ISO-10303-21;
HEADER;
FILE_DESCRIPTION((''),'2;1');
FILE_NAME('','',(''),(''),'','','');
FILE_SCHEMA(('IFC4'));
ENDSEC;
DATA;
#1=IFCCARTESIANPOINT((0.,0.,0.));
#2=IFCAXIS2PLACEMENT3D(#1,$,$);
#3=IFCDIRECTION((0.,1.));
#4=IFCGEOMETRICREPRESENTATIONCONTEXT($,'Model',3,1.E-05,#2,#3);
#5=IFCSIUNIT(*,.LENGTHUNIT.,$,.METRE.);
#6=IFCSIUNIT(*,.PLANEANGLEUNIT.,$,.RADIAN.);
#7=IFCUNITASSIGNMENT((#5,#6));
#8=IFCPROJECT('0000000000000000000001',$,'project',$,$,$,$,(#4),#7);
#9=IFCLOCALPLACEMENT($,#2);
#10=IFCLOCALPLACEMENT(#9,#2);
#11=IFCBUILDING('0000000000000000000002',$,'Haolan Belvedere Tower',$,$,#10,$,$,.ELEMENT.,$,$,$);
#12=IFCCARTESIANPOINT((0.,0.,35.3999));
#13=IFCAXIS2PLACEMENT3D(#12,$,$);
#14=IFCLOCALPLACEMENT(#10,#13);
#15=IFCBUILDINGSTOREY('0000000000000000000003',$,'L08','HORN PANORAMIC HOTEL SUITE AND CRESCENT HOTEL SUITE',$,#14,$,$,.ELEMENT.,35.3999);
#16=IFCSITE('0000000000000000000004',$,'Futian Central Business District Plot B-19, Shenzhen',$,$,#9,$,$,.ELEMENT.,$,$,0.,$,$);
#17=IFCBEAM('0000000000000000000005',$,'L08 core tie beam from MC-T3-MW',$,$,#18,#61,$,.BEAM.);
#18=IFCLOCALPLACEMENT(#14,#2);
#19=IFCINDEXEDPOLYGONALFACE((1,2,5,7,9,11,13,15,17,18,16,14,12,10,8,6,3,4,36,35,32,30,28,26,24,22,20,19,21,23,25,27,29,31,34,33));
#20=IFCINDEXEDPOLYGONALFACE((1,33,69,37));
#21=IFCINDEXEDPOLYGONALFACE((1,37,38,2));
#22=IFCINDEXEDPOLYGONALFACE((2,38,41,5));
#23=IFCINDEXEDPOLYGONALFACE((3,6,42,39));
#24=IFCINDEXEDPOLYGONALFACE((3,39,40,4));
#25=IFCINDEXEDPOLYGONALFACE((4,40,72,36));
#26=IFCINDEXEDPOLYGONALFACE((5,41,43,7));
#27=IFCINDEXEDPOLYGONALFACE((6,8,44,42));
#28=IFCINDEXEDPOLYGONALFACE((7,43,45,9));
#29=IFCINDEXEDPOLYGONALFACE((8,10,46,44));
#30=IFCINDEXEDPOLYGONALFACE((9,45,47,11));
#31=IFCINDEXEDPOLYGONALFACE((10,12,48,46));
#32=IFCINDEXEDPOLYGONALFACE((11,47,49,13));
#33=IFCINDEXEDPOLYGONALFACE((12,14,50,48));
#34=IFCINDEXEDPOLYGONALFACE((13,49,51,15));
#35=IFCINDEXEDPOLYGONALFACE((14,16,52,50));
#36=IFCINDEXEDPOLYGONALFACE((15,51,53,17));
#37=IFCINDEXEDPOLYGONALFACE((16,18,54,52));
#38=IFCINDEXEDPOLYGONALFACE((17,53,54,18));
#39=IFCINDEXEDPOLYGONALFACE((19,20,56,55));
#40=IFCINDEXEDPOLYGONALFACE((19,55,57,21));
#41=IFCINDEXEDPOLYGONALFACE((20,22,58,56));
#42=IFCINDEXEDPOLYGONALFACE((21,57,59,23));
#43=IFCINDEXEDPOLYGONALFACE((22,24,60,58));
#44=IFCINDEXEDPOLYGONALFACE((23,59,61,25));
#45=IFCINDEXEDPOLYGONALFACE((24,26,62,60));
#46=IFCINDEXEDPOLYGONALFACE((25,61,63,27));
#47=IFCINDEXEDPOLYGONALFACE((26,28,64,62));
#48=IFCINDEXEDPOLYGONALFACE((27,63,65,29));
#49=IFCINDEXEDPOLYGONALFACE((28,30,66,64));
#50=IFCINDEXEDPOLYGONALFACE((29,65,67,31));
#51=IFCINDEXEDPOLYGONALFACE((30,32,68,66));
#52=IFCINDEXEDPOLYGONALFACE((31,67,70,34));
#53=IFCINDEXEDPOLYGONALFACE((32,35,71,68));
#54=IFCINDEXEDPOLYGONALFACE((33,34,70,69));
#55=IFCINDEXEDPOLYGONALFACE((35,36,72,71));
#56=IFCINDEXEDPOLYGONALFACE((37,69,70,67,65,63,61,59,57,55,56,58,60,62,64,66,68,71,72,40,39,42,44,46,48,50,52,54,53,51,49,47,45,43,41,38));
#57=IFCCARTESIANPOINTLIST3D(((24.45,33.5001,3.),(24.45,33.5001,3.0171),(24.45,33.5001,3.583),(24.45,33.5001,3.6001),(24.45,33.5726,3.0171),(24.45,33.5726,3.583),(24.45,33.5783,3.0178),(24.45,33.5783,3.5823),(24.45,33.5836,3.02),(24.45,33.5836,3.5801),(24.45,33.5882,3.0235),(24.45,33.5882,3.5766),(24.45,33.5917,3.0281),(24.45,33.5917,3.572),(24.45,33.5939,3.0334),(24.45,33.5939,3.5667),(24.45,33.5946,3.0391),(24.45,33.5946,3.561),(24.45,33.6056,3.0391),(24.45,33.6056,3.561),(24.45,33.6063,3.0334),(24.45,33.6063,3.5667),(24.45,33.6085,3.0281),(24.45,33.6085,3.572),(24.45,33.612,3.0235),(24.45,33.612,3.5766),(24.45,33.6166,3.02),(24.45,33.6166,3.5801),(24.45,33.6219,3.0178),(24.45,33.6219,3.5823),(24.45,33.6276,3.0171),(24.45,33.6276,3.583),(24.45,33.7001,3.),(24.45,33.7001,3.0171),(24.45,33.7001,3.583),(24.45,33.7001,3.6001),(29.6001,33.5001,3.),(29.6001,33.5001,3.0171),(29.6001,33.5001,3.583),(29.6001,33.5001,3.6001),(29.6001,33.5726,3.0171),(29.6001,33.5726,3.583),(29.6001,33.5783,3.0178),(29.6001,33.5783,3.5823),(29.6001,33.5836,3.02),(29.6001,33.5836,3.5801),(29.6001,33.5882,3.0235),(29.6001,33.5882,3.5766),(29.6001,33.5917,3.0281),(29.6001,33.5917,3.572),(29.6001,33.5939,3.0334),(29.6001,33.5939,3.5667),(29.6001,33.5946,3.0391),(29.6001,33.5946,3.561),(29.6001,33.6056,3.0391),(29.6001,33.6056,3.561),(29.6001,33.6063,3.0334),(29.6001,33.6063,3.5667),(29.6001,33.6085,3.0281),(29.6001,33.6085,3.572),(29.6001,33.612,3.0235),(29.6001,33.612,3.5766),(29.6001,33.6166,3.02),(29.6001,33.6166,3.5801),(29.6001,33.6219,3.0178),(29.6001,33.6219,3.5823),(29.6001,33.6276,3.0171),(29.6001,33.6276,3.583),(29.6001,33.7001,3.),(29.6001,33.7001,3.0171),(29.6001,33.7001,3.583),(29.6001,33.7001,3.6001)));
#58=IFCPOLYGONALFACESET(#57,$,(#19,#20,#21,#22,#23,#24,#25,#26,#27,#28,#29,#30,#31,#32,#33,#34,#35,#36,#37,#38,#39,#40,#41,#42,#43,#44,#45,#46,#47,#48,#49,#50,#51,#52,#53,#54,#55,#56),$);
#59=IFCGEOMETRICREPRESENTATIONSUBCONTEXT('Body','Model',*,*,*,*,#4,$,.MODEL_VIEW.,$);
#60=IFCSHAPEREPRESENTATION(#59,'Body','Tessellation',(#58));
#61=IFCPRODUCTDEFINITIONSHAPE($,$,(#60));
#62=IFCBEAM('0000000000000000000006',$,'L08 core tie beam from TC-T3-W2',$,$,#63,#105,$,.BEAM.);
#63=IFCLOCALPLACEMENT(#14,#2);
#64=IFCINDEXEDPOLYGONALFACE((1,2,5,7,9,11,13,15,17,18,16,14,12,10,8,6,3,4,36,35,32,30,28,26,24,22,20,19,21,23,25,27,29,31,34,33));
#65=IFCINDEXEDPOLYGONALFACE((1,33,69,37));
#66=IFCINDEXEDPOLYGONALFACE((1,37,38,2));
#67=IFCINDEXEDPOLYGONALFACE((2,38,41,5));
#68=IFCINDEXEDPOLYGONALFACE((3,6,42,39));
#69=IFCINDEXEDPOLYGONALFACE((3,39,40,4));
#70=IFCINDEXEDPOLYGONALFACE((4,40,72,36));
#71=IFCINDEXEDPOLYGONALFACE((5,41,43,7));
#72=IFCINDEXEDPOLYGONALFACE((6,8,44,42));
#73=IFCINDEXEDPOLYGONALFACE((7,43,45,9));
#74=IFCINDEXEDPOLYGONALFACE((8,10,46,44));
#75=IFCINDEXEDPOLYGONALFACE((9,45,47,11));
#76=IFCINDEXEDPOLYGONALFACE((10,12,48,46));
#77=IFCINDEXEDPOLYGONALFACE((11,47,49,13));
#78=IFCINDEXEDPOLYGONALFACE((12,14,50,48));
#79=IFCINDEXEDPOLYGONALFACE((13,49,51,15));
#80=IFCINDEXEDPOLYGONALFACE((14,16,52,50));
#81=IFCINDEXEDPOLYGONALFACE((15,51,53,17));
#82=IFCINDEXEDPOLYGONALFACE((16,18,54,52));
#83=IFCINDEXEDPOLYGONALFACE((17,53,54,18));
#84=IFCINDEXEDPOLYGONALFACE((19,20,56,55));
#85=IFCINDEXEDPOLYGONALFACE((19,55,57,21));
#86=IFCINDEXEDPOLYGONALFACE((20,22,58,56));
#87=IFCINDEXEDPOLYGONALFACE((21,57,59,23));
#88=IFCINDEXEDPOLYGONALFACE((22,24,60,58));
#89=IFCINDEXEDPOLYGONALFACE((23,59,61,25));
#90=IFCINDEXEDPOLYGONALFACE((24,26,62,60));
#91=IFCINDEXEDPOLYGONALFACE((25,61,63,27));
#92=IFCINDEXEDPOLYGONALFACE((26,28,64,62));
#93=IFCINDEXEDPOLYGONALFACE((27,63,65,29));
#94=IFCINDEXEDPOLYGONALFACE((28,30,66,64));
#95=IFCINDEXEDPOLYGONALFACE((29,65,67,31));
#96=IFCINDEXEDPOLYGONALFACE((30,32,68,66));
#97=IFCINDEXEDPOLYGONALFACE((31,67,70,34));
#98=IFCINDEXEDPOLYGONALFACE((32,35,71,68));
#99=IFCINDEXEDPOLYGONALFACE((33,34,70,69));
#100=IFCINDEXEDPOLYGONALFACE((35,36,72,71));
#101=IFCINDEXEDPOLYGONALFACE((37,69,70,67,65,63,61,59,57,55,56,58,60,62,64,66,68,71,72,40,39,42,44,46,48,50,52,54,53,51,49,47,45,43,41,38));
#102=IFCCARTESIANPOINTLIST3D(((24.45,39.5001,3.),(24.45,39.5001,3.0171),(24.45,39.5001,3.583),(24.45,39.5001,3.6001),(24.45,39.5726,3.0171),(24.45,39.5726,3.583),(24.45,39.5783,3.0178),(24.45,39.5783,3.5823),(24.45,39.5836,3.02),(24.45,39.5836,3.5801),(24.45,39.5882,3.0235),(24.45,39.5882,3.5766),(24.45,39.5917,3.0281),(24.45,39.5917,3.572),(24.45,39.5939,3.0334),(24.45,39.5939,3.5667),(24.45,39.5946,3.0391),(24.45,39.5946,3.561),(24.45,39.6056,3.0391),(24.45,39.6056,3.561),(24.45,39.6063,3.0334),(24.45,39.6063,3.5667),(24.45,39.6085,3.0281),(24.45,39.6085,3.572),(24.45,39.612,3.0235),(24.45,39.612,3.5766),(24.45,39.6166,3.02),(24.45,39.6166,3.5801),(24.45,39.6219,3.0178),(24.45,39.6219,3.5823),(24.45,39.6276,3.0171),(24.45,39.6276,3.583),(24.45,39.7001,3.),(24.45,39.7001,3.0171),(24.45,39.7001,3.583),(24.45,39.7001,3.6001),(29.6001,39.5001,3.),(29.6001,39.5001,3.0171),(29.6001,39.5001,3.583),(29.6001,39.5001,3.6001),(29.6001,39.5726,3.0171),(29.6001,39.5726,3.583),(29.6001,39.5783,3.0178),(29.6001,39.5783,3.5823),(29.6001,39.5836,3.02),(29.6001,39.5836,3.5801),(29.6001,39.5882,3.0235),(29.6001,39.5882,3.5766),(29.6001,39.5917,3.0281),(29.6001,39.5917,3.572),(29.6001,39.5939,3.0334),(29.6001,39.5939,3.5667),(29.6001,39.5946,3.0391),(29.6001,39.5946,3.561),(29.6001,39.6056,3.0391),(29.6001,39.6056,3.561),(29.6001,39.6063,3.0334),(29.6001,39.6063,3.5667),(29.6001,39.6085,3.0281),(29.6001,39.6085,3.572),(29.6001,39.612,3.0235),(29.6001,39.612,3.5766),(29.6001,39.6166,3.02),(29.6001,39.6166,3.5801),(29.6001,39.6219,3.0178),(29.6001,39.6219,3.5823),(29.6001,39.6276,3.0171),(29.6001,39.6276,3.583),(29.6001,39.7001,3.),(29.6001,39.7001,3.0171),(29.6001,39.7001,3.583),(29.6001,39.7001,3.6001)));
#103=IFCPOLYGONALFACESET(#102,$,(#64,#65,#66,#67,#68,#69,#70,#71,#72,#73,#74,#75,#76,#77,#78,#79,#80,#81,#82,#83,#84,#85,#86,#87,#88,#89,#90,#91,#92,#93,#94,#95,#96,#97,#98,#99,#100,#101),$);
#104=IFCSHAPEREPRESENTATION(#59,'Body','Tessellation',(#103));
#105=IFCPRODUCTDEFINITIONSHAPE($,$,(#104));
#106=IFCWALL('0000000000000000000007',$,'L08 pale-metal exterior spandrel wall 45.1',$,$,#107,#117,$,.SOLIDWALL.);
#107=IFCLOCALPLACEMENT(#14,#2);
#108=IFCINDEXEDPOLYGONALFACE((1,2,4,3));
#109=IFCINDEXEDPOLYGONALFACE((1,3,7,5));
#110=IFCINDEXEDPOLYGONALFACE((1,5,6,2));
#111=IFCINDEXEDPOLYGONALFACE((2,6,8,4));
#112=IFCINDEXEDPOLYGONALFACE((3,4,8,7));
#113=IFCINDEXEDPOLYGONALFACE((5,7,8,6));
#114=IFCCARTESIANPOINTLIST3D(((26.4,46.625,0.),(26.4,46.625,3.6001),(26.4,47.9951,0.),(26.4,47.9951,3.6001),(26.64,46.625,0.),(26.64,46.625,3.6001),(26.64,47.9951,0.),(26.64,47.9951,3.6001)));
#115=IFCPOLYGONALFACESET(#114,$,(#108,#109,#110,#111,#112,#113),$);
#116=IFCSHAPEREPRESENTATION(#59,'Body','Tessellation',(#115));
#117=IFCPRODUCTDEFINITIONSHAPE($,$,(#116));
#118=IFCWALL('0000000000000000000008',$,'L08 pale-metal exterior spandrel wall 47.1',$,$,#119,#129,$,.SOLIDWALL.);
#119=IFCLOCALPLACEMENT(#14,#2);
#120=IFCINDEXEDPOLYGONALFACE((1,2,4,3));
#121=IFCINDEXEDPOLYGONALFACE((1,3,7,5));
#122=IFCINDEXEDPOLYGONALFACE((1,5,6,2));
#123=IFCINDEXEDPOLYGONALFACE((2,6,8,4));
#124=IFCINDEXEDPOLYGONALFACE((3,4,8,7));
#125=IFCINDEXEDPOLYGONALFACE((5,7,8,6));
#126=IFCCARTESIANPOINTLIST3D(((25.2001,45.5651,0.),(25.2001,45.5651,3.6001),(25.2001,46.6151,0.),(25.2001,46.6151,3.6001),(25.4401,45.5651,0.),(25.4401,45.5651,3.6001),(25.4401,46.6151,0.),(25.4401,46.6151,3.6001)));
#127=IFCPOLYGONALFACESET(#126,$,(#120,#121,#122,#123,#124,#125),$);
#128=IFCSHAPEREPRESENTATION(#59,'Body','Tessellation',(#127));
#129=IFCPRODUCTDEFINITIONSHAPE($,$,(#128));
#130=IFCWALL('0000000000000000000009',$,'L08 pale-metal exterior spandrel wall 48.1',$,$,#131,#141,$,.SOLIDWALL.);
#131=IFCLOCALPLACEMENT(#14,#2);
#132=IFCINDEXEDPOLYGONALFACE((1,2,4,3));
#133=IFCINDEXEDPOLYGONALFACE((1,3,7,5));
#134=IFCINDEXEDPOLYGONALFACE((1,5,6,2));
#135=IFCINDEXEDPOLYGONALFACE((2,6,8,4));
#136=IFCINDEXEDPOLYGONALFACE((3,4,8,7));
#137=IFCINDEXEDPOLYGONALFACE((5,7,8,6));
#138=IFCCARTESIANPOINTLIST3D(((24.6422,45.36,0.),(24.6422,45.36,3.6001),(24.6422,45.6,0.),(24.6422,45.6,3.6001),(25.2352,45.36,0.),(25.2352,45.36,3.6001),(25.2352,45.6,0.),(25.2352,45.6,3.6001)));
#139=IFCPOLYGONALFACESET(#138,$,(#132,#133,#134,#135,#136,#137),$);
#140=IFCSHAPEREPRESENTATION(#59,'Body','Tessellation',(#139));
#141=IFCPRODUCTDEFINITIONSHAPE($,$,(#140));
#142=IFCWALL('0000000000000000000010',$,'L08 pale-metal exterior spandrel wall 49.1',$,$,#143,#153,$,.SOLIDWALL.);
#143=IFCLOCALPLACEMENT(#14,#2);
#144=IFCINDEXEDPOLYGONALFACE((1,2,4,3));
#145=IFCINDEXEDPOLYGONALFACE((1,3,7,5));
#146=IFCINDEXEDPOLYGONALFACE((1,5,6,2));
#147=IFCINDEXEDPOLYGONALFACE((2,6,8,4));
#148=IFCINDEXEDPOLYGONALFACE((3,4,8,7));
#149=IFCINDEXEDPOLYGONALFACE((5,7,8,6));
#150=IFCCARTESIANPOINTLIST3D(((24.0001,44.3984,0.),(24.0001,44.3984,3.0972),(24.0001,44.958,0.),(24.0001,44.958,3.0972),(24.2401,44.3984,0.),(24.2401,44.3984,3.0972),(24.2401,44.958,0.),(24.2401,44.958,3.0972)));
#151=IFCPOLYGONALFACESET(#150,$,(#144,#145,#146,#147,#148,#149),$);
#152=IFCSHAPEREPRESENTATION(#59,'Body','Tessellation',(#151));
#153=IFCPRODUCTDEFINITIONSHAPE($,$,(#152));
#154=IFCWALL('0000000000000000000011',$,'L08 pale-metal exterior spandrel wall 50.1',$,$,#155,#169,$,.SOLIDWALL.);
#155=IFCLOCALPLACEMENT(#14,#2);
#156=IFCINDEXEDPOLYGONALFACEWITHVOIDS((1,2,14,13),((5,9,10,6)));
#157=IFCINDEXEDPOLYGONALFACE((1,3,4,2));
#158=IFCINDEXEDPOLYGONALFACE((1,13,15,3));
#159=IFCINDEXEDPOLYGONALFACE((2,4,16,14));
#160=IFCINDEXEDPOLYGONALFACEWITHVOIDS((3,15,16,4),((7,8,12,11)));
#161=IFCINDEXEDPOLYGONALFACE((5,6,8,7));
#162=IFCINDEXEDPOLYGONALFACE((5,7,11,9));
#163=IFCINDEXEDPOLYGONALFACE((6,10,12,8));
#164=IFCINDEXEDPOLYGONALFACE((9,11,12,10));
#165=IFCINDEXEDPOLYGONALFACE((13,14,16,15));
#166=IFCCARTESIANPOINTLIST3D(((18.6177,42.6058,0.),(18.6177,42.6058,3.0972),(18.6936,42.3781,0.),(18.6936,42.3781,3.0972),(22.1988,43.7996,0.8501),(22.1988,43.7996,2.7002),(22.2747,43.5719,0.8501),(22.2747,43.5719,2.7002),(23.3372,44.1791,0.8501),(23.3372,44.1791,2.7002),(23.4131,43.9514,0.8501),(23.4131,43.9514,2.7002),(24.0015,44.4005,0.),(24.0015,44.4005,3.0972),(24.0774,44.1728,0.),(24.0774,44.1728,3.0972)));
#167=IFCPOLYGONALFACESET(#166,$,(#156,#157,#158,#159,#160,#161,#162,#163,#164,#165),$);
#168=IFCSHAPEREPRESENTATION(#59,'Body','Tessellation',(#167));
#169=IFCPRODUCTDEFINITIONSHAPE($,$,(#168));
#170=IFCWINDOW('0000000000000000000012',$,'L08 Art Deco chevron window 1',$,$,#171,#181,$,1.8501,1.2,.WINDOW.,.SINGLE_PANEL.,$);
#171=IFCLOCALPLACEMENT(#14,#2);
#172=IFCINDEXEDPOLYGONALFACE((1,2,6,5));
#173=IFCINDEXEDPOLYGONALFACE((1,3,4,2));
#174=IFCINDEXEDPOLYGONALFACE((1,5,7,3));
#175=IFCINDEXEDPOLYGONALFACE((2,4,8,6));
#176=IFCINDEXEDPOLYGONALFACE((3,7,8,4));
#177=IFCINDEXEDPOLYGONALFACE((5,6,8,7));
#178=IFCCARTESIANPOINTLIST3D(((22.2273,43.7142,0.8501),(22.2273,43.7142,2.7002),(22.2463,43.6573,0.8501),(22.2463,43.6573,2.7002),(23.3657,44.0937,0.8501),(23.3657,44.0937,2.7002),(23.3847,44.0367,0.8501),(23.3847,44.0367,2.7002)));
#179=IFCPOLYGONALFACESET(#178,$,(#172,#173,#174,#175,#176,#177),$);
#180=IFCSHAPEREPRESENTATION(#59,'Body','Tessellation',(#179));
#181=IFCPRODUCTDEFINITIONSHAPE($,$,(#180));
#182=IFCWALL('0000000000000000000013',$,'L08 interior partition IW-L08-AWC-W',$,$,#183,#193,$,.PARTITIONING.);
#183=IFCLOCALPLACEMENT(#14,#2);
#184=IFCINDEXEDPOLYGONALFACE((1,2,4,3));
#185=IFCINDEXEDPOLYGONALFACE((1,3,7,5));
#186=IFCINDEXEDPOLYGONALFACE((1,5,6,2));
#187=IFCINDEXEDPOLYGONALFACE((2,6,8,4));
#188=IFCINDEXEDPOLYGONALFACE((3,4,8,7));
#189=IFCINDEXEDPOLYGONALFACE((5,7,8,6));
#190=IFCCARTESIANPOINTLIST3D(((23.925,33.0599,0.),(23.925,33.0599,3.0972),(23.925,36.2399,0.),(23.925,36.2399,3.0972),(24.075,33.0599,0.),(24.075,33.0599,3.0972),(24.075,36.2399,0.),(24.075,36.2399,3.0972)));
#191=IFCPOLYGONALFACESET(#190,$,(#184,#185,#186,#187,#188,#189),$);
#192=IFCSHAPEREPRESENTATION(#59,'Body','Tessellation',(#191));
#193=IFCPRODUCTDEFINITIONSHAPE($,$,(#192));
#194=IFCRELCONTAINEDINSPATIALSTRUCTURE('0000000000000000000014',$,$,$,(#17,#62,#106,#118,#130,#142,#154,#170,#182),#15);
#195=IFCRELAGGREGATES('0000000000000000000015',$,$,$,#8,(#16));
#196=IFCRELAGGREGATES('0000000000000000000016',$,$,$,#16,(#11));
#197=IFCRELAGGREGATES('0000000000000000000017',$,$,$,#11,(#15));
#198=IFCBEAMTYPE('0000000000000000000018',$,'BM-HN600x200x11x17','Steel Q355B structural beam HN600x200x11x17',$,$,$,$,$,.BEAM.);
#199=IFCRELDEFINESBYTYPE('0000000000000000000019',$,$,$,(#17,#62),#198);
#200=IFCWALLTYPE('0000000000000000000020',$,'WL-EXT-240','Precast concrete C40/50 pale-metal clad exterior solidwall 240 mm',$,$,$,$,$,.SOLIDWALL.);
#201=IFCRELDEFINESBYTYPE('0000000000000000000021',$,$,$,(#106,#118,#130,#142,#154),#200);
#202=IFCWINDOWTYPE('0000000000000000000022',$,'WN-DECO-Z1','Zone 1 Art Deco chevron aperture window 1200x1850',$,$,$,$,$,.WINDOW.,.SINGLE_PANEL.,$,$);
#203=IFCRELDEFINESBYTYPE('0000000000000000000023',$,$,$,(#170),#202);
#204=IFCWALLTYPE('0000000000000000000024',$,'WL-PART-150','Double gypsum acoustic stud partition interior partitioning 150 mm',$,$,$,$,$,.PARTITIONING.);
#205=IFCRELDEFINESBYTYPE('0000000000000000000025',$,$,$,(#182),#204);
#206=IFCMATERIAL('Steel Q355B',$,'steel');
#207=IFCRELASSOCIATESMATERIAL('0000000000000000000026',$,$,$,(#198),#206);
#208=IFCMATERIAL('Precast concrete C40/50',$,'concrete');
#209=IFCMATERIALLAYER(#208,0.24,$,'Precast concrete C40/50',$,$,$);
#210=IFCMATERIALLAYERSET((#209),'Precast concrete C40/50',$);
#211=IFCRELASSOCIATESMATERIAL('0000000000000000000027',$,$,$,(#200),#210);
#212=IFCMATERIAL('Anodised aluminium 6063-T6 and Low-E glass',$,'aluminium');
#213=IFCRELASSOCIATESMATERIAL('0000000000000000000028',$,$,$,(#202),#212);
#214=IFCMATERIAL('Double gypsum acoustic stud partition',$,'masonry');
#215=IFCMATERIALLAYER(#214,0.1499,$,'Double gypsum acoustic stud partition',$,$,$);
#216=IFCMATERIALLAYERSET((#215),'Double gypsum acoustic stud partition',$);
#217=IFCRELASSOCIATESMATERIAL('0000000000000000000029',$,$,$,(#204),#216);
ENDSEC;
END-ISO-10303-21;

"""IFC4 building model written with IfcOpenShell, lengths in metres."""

from ifc_helpers import new_model, si_unit, direction, frame, frame_2d, origin, origin_2d, place, context, subcontext, project, spatial, rectangle, i_section, extrude, material, layer, layer_set, material_profile, profile_set, type_object, element, fill, save


model = new_model("IFC4")

# Units and contexts
model_context = context("Model", 3, precision=1e-05, world=origin(), true_north=direction((0.0, 1.0)))
body_context = subcontext(model_context, "Body", "Model", "MODEL_VIEW")
ifc_project = project(units=[si_unit("LENGTHUNIT", "METRE"), si_unit("PLANEANGLEUNIT", "RADIAN")], contexts=[model_context])

# Site, building, storey
site_placement = place(None, origin())
site = spatial("IfcSite", under=ifc_project, at=site_placement, Name="Futian Central Business District Plot B-19, Shenzhen", CompositionType="ELEMENT", RefElevation=0.0)
building_placement = place(site_placement, origin())
building = spatial("IfcBuilding", under=site, at=building_placement, Name="Haolan Belvedere Tower", CompositionType="ELEMENT")
storey_placement = place(building_placement, frame((0.0, 0.0, 35.3999)))
storey = spatial("IfcBuildingStorey", under=building, at=storey_placement, Name="L08", Description="HORN PANORAMIC HOTEL SUITE AND CRESCENT HOTEL SUITE", CompositionType="ELEMENT", Elevation=35.3999)

# Shared definitions
ifc_material_1 = material(Name="Steel Q355B", Category="steel")

# Beams
ifc_material_profile_1 = material_profile(ifc_material_1, i_section(OverallWidth=0.2, OverallDepth=0.6001, WebThickness=0.011, FlangeThickness=0.0171, FilletRadius=0.022, at=origin_2d()), Name="Steel Q355B")
ifc_profile_set_1 = profile_set([ifc_material_profile_1], Name="Steel Q355B")
beam_type_1 = type_object("IfcBeamType", Name="BM-HN600x200x11x17", Description="Steel Q355B structural beam HN600x200x11x17", PredefinedType="BEAM", material=ifc_profile_set_1)
for number, where, z_axis, x_axis, name in (
    (1, (24.45, 33.6001, 3.3), (1.0, 0.0, 0.0), (0.0, 1.0, 0.0), "L08 core tie beam from MC-T3-MW"),
    (2, (24.45, 39.6001, 3.3), (1.0, 0.0, 0.0), (0.0, 1.0, 0.0), "L08 core tie beam from TC-T3-W2"),
):
    element("IfcBeam", number, at=place(storey_placement, frame(where, z_axis=z_axis, x_axis=x_axis)), inside=storey, type_object=beam_type_1, Name=name, PredefinedType="BEAM", context=body_context, shape_type="SweptSolid", body=[
        extrude(i_section(OverallWidth=0.2, OverallDepth=0.6001, WebThickness=0.011, FlangeThickness=0.0171, FilletRadius=0.022, at=origin_2d()), origin(), (0.0, 0.0, 1.0), 5.1501),
    ])

# Walls
ifc_material_2 = material(Name="Precast concrete C40/50", Category="concrete")
ifc_layer_1 = layer(ifc_material_2, 0.24, Name="Precast concrete C40/50")
ifc_layer_set_1 = layer_set([ifc_layer_1], Name="Precast concrete C40/50")
wall_type_1 = type_object("IfcWallType", Name="WL-EXT-240", Description="Precast concrete C40/50 pale-metal clad exterior solidwall 240 mm", PredefinedType="SOLIDWALL", material=ifc_layer_set_1)
wall_1_placement = place(storey_placement, frame((26.52, 47.9951, 0.0), z_axis=(0.0, 0.0, 1.0), x_axis=(0.0, -1.0, 0.0)))
element("IfcWall", 3, at=wall_1_placement, inside=storey, type_object=wall_type_1, Name="L08 pale-metal exterior spandrel wall 45.1", PredefinedType="SOLIDWALL", context=body_context, shape_type="SweptSolid", body=[
    extrude(rectangle(XDim=1.3701, YDim=0.24, at=frame_2d((0.6851, 0.0))), origin(), (0.0, 0.0, 1.0), 3.6001),
])
wall_2_placement = place(storey_placement, frame((25.3201, 46.615, 0.0), z_axis=(0.0, 0.0, 1.0), x_axis=(0.0, -1.0, 0.0)))
element("IfcWall", 4, at=wall_2_placement, inside=storey, type_object=wall_type_1, Name="L08 pale-metal exterior spandrel wall 47.1", PredefinedType="SOLIDWALL", context=body_context, shape_type="SweptSolid", body=[
    extrude(rectangle(XDim=1.05, YDim=0.24, at=frame_2d((0.5249, 0.0))), origin(), (0.0, 0.0, 1.0), 3.6001),
])
wall_3_placement = place(storey_placement, frame((25.2351, 45.48, 0.0), z_axis=(0.0, 0.0, 1.0), x_axis=(-1.0, 0.0, 0.0)))
element("IfcWall", 5, at=wall_3_placement, inside=storey, type_object=wall_type_1, Name="L08 pale-metal exterior spandrel wall 48.1", PredefinedType="SOLIDWALL", context=body_context, shape_type="SweptSolid", body=[
    extrude(rectangle(XDim=0.593, YDim=0.24, at=frame_2d((0.2964, 0.0))), origin(), (0.0, 0.0, 1.0), 3.6001),
])
wall_4_placement = place(storey_placement, frame((24.1201, 44.958, 0.0), z_axis=(0.0, 0.0, 1.0), x_axis=(0.0, -1.0, 0.0)))
element("IfcWall", 6, at=wall_4_placement, inside=storey, type_object=wall_type_1, Name="L08 pale-metal exterior spandrel wall 49.1", PredefinedType="SOLIDWALL", context=body_context, shape_type="SweptSolid", body=[
    extrude(rectangle(XDim=0.5596, YDim=0.24, at=frame_2d((0.2798, 0.0))), origin(), (0.0, 0.0, 1.0), 3.0972),
])

# Wall, opening, window
wall_5_placement = place(storey_placement, frame((24.0393, 44.2866, 0.0), z_axis=(0.0, 0.0, 1.0), x_axis=(-0.948679, -0.316241, 0.0)))
wall_5 = element("IfcWall", 7, at=wall_5_placement, inside=storey, type_object=wall_type_1, Name="L08 pale-metal exterior spandrel wall 50.1", PredefinedType="SOLIDWALL", context=body_context, shape_type="SweptSolid", body=[
    extrude(rectangle(XDim=5.675, YDim=0.24, at=frame_2d((2.8374, 0.0))), origin(), (0.0, 0.0, 1.0), 3.0972),
])
opening_placement = place(wall_5_placement, frame((0.7, 0.0, 0.8501)))
opening = element("IfcOpeningElement", 8, at=opening_placement, cuts=wall_5, PredefinedType="OPENING", context=body_context, shape_type="SweptSolid", body=[
    extrude(rectangle(XDim=1.2, YDim=1.8501, at=frame_2d((0.6001, 0.925))), frame((0.0, 0.1299, 0.0), z_axis=(0.0, -1.0, 0.0), x_axis=(1.0, 0.0, 0.0)), (0.0, 0.0, 1.0), 0.26),
])
ifc_material_3 = material(Name="Anodised aluminium 6063-T6 and Low-E glass", Category="aluminium")
window_type = type_object("IfcWindowType", Name="WN-DECO-Z1", Description="Zone 1 Art Deco chevron aperture window 1200x1850", PartitioningType="SINGLE_PANEL", PredefinedType="WINDOW", material=ifc_material_3)
window_placement = place(opening_placement, origin())
window = element("IfcWindow", 9, at=window_placement, inside=storey, type_object=window_type, Name="L08 Art Deco chevron window 1", OverallHeight=1.8501, OverallWidth=1.2, PartitioningType="SINGLE_PANEL", PredefinedType="WINDOW", context=body_context, shape_type="SweptSolid", body=[
    extrude(rectangle(XDim=1.2, YDim=1.8501, at=frame_2d((0.6001, 0.925))), frame((0.0, 0.03, 0.0), z_axis=(0.0, -1.0, 0.0), x_axis=(1.0, 0.0, 0.0)), (0.0, 0.0, 1.0), 0.0601),
])
fill(opening, window)

# Wall
ifc_material_4 = material(Name="Double gypsum acoustic stud partition", Category="masonry")
ifc_layer_2 = layer(ifc_material_4, 0.1499, Name="Double gypsum acoustic stud partition")
ifc_layer_set_2 = layer_set([ifc_layer_2], Name="Double gypsum acoustic stud partition")
wall_type_2 = type_object("IfcWallType", Name="WL-PART-150", Description="Double gypsum acoustic stud partition interior partitioning 150 mm", PredefinedType="PARTITIONING", material=ifc_layer_set_2)
wall_6_placement = place(storey_placement, frame((24.0, 33.0601, 0.0), z_axis=(0.0, 0.0, 1.0), x_axis=(0.0, 1.0, 0.0)))
element("IfcWall", 10, at=wall_6_placement, inside=storey, type_object=wall_type_2, Name="L08 interior partition IW-L08-AWC-W", PredefinedType="PARTITIONING", context=body_context, shape_type="SweptSolid", body=[
    extrude(rectangle(XDim=3.1799, YDim=0.1499, at=frame_2d((1.5898, 0.0))), origin(), (0.0, 0.0, 1.0), 3.0972),
])

save(model, "model.ifc")
